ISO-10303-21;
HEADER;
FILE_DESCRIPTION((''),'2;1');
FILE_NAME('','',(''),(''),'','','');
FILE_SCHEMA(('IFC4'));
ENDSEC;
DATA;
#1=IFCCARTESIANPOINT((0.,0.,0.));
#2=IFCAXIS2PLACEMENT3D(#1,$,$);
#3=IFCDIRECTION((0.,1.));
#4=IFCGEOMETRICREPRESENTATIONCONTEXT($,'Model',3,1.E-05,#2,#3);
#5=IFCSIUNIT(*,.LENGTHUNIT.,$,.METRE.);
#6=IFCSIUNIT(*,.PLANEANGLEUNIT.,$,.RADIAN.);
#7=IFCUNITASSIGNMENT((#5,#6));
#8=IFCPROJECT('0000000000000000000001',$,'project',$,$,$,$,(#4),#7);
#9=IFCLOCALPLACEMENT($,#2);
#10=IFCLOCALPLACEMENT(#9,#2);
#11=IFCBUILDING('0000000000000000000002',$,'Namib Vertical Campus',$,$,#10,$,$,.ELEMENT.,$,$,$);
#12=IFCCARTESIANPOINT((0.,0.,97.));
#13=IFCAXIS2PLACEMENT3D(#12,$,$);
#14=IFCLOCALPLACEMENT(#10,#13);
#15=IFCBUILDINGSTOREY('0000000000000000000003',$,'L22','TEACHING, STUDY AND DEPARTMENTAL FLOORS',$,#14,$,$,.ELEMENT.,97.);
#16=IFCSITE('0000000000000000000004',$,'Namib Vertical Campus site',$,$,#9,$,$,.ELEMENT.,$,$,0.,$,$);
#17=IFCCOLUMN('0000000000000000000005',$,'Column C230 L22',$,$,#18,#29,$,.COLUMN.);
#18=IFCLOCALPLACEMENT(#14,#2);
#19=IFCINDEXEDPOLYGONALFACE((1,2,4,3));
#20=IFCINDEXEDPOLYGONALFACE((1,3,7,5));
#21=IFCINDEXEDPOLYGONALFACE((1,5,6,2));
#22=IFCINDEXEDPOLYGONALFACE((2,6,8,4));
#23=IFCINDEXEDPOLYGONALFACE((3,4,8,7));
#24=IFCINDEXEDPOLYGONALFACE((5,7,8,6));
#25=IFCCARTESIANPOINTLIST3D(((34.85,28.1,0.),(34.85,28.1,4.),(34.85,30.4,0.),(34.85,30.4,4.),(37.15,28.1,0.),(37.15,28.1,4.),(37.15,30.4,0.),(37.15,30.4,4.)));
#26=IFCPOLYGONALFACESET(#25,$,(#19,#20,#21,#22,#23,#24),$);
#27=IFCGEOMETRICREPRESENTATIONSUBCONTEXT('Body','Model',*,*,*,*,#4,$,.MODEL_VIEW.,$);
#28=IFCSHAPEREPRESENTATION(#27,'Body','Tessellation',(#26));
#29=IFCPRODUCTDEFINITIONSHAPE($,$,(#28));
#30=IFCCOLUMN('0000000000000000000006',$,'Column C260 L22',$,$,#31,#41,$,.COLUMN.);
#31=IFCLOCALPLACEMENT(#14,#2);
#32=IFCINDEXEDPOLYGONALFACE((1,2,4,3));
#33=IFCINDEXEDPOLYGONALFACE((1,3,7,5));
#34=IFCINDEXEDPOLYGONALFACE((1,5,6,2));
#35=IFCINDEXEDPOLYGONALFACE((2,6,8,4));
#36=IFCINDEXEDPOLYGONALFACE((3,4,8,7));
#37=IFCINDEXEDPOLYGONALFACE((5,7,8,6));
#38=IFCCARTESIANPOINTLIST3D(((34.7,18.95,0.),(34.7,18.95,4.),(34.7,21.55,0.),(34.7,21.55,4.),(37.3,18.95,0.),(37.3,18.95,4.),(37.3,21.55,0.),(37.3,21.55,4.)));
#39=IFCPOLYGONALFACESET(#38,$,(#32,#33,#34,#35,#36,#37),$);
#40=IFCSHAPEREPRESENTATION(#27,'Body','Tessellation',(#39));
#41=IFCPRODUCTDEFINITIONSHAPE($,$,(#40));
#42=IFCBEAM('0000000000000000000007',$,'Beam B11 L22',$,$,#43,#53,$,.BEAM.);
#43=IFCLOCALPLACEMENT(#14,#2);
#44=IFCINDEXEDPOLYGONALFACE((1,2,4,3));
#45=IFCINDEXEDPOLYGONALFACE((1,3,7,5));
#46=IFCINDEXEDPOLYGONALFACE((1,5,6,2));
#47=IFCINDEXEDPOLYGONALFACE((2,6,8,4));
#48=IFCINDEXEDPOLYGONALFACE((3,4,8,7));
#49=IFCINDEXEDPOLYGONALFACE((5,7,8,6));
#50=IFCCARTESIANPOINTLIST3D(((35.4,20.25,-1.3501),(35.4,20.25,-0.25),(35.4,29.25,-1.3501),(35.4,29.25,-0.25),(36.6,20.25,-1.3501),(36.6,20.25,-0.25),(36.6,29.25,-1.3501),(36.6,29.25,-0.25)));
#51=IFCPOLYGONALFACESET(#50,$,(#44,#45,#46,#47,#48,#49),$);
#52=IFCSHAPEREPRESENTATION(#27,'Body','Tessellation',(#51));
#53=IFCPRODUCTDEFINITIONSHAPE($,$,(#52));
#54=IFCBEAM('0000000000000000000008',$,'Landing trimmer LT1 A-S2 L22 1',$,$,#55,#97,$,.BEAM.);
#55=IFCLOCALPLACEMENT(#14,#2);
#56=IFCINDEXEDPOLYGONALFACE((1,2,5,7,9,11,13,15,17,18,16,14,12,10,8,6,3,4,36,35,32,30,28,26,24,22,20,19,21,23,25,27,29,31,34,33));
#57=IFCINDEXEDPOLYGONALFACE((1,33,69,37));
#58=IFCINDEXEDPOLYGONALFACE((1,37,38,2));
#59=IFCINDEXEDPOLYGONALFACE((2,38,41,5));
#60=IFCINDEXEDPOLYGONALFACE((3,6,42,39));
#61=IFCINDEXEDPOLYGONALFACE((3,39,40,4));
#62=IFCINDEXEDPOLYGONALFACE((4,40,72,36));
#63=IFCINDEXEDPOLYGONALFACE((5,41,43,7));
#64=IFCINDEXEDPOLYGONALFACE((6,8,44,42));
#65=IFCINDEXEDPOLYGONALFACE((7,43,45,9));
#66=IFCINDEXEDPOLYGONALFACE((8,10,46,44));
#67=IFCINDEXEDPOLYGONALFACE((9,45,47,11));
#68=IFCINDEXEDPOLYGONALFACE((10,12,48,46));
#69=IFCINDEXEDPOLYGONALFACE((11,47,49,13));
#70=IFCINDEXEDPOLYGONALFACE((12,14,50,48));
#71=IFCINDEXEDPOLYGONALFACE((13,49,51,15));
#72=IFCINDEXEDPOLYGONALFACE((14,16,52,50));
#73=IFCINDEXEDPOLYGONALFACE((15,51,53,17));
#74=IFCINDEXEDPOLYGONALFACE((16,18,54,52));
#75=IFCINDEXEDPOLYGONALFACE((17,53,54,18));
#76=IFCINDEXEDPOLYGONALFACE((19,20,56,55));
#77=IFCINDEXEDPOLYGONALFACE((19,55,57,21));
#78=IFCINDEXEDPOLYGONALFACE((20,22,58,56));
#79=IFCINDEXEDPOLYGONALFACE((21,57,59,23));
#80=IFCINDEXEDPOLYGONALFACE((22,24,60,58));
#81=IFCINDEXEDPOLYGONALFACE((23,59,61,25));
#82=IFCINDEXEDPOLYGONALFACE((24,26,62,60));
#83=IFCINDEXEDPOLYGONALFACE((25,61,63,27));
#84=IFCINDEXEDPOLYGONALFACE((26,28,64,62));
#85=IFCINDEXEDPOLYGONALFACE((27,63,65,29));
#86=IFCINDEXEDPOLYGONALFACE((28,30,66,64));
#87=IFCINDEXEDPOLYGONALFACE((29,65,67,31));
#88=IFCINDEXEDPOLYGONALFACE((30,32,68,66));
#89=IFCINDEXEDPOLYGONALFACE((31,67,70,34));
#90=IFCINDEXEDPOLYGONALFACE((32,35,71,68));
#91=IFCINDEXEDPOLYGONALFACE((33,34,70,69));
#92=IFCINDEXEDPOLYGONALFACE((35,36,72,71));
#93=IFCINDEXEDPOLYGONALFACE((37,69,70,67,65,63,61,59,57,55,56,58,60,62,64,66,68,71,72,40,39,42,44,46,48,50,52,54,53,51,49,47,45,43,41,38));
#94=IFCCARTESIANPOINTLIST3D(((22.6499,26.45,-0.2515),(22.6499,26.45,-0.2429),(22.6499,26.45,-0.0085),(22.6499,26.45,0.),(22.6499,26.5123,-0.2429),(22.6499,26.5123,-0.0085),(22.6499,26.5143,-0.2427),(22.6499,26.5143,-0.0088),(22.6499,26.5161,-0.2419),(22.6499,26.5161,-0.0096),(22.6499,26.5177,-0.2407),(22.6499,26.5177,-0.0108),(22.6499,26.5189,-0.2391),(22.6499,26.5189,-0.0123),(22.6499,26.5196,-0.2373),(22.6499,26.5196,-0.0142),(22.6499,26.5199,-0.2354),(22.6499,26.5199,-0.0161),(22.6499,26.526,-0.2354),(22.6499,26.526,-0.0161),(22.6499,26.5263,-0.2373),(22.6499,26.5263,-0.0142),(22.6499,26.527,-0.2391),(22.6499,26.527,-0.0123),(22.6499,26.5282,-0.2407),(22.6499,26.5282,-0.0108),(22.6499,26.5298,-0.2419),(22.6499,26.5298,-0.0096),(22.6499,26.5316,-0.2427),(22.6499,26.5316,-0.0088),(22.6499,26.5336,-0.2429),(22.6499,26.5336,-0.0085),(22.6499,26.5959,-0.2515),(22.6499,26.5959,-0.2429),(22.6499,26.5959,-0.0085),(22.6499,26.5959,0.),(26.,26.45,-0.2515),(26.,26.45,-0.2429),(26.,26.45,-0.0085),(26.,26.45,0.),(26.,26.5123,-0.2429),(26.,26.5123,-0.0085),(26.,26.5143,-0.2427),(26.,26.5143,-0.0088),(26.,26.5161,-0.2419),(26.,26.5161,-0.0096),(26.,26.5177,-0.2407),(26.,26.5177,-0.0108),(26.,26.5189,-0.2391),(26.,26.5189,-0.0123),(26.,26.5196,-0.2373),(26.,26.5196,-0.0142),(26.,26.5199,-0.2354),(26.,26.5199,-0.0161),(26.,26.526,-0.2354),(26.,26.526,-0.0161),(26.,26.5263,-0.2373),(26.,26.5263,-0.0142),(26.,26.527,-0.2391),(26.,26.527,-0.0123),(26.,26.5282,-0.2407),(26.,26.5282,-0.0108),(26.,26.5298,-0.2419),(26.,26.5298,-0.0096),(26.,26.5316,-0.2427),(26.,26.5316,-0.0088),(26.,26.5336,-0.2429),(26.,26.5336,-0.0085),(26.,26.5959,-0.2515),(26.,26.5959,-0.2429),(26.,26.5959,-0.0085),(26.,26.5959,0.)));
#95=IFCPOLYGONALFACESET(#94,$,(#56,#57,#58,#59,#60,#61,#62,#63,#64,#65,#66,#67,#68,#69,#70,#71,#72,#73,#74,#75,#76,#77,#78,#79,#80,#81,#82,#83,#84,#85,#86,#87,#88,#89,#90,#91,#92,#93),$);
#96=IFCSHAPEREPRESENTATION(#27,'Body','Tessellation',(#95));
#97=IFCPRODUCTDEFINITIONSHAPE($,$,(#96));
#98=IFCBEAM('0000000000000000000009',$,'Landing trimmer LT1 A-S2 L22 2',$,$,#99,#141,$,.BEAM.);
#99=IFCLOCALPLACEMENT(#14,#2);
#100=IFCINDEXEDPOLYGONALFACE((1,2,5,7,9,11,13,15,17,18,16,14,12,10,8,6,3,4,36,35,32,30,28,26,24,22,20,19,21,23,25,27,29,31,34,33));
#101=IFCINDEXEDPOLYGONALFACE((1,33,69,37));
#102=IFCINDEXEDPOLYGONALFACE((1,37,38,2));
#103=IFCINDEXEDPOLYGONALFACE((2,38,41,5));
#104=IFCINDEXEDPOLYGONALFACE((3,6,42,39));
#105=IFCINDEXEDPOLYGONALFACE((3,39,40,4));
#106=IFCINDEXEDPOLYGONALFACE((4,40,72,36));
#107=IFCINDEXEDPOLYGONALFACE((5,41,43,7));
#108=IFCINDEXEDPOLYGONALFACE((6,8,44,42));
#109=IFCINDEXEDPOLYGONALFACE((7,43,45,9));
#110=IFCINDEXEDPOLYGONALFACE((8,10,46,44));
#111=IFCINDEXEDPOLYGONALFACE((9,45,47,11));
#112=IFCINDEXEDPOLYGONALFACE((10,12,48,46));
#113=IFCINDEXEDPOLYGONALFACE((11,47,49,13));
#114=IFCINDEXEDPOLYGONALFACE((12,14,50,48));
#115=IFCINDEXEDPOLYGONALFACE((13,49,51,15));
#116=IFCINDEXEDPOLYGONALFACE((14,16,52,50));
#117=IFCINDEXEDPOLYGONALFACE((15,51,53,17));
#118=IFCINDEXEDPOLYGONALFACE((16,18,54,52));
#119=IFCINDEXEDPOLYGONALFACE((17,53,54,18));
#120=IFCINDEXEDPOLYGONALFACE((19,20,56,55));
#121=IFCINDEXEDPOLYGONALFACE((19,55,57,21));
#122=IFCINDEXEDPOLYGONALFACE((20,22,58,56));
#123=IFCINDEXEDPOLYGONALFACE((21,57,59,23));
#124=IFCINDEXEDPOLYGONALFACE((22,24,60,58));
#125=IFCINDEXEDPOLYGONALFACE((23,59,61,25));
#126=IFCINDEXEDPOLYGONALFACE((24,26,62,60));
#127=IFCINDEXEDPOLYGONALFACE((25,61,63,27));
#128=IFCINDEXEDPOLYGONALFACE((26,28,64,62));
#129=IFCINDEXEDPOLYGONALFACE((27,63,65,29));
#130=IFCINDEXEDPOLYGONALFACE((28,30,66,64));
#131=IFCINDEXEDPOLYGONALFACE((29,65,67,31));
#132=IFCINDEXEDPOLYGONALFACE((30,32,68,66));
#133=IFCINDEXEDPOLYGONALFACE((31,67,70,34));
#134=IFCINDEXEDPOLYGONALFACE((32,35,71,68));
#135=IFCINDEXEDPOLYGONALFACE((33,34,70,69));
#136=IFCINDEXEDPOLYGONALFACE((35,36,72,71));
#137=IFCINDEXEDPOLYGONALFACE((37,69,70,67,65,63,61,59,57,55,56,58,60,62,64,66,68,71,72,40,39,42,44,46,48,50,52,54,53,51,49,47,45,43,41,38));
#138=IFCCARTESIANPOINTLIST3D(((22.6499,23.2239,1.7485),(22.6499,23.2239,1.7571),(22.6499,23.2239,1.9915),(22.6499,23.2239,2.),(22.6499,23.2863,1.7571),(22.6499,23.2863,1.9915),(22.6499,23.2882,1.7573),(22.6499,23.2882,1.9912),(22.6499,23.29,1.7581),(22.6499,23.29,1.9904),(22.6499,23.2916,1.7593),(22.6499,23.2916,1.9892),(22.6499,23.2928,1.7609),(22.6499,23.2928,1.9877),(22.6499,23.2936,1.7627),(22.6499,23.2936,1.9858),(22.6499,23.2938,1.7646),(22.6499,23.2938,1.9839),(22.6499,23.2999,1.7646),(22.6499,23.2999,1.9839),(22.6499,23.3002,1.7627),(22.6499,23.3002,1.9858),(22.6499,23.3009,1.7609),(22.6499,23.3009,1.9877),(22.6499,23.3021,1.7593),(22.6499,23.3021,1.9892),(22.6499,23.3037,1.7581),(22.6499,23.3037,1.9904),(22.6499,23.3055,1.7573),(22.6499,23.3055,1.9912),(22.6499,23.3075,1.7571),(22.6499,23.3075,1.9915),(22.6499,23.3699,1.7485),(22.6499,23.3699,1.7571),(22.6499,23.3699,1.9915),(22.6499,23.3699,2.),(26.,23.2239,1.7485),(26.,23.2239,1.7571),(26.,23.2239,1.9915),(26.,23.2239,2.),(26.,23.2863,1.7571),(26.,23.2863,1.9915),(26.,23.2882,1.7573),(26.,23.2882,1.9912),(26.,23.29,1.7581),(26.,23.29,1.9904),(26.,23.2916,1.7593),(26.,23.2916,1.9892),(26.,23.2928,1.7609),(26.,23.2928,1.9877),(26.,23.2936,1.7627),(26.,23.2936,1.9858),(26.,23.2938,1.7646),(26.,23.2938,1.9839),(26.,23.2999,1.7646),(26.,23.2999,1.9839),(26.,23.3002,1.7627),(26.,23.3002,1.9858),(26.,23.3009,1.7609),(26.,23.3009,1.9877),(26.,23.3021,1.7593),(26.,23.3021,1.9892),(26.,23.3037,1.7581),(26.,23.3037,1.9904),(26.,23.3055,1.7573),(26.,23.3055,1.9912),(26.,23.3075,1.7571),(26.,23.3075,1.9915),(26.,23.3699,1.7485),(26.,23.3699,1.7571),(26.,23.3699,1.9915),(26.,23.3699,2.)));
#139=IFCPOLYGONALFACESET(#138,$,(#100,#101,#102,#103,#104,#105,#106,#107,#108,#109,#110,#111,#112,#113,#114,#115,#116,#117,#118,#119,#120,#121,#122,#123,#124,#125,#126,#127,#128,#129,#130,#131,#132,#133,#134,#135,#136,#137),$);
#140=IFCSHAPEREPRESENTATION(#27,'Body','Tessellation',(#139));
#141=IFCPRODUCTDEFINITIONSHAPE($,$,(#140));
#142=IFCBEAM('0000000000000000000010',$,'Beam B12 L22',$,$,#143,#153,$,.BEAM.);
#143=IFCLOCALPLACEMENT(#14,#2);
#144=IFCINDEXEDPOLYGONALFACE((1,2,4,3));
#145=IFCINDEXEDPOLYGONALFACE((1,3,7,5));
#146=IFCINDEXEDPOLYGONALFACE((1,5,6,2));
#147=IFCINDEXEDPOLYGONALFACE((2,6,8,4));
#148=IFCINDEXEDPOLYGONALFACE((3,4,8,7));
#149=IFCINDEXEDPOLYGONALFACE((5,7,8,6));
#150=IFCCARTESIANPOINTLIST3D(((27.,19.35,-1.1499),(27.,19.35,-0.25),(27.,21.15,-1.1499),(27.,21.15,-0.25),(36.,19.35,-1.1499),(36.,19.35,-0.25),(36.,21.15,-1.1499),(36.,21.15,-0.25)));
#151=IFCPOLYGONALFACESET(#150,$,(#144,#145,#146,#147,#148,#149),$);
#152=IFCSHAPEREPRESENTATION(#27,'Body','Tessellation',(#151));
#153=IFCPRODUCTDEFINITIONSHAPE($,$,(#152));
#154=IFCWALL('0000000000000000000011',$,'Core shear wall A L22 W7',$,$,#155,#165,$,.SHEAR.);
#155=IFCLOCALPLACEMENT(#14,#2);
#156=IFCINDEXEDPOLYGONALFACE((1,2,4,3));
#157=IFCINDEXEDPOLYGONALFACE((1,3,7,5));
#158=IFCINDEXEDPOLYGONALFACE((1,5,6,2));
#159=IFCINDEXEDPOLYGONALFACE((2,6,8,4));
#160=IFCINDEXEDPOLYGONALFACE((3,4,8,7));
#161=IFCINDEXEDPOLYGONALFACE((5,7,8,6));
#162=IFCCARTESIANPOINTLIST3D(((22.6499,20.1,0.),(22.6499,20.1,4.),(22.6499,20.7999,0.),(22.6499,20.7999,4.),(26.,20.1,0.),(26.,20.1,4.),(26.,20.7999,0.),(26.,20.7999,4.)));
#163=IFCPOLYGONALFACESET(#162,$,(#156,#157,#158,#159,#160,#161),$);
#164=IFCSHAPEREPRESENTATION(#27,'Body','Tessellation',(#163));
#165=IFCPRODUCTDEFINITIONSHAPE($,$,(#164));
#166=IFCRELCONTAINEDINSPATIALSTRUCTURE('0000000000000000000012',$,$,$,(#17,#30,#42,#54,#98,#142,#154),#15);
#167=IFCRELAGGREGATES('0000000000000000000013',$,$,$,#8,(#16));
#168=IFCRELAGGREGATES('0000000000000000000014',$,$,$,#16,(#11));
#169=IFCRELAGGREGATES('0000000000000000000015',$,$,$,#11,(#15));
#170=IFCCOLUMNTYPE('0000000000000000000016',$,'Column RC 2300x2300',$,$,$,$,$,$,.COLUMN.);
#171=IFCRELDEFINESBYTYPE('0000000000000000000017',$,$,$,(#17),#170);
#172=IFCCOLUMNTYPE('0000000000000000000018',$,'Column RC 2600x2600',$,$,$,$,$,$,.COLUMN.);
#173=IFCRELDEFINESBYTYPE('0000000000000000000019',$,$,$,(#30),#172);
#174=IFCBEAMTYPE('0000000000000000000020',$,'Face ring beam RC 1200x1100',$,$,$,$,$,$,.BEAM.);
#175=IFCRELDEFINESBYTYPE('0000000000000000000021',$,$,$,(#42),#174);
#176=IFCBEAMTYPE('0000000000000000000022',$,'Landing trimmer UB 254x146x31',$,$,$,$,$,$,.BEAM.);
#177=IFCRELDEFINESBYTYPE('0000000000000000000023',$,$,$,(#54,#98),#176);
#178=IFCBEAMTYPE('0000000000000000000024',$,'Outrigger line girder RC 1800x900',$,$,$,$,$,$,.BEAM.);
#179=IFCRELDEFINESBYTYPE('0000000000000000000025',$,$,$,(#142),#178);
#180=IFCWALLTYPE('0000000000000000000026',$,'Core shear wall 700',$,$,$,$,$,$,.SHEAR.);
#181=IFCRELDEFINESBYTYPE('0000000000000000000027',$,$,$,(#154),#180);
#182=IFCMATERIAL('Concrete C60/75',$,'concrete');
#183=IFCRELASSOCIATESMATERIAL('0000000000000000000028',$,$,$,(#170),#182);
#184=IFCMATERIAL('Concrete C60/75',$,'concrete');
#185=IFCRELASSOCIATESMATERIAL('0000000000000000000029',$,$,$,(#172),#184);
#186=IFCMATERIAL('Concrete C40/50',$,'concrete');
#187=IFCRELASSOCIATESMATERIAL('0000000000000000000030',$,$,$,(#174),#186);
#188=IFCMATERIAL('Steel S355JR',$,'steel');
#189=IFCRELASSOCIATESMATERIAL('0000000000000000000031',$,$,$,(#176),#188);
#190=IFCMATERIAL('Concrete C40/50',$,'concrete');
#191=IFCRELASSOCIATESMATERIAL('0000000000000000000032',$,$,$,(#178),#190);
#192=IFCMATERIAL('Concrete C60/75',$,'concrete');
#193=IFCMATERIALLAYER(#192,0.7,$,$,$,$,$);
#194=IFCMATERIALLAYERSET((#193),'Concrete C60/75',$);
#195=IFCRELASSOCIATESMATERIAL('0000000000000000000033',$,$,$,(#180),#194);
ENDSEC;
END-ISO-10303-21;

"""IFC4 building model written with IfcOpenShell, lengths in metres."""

from ifc_helpers import new_model, si_unit, direction, frame, frame_2d, origin, origin_2d, place, context, subcontext, project, spatial, rectangle, i_section, extrude, material, layer, layer_set, material_profile, profile_set, type_object, element, save


model = new_model("IFC4")

# Units and contexts
model_context = context("Model", 3, precision=1e-05, world=origin(), true_north=direction((0.0, 1.0)))
body_context = subcontext(model_context, "Body", "Model", "MODEL_VIEW")
ifc_project = project(units=[si_unit("LENGTHUNIT", "METRE"), si_unit("PLANEANGLEUNIT", "RADIAN")], contexts=[model_context])

# Site, building, storey
site_placement = place(None, origin())
site = spatial("IfcSite", under=ifc_project, at=site_placement, Name="Namib Vertical Campus site", CompositionType="ELEMENT", RefElevation=0.0)
building_placement = place(site_placement, origin())
building = spatial("IfcBuilding", under=site, at=building_placement, Name="Namib Vertical Campus", CompositionType="ELEMENT")
storey_placement = place(building_placement, frame((0.0, 0.0, 97.0)))
storey = spatial("IfcBuildingStorey", under=building, at=storey_placement, Name="L22", Description="TEACHING, STUDY AND DEPARTMENTAL FLOORS", CompositionType="ELEMENT", Elevation=97.0)

# Columns
ifc_material_1 = material(Name="Concrete C60/75", Category="concrete")
ifc_material_profile_1 = material_profile(ifc_material_1, rectangle(XDim=2.3, YDim=2.3, at=origin_2d()))
ifc_profile_set_1 = profile_set([ifc_material_profile_1], Name="Concrete C60/75")
column_type_1 = type_object("IfcColumnType", Name="Column RC 2300x2300", PredefinedType="COLUMN", material=ifc_profile_set_1)
column_1_placement = place(storey_placement, frame((36.0, 29.25, 0.0), z_axis=(0.0, 0.0, 1.0), x_axis=(1.0, 0.0, 0.0)))
element("IfcColumn", 1, at=column_1_placement, inside=storey, type_object=column_type_1, Name="Column C230 L22", PredefinedType="COLUMN", context=body_context, shape_type="SweptSolid", body=[
    extrude(rectangle(XDim=2.3, YDim=2.3, at=origin_2d()), origin(), (0.0, 0.0, 1.0), 4.0),
])
ifc_material_2 = material(Name="Concrete C60/75", Category="concrete")
ifc_material_profile_2 = material_profile(ifc_material_2, rectangle(XDim=2.6001, YDim=2.6001, at=origin_2d()))
ifc_profile_set_2 = profile_set([ifc_material_profile_2], Name="Concrete C60/75")
column_type_2 = type_object("IfcColumnType", Name="Column RC 2600x2600", PredefinedType="COLUMN", material=ifc_profile_set_2)
column_2_placement = place(storey_placement, frame((36.0, 20.25, 0.0), z_axis=(0.0, 0.0, 1.0), x_axis=(1.0, 0.0, 0.0)))
element("IfcColumn", 2, at=column_2_placement, inside=storey, type_object=column_type_2, Name="Column C260 L22", PredefinedType="COLUMN", context=body_context, shape_type="SweptSolid", body=[
    extrude(rectangle(XDim=2.6001, YDim=2.6001, at=origin_2d()), origin(), (0.0, 0.0, 1.0), 4.0),
])

# Beams
ifc_material_3 = material(Name="Concrete C40/50", Category="concrete")
ifc_material_profile_3 = material_profile(ifc_material_3, rectangle(XDim=1.2, YDim=1.1001, at=origin_2d()))
ifc_profile_set_3 = profile_set([ifc_material_profile_3], Name="Concrete C40/50")
beam_type_1 = type_object("IfcBeamType", Name="Face ring beam RC 1200x1100", PredefinedType="BEAM", material=ifc_profile_set_3)
beam_1_placement = place(storey_placement, frame((36.0, 20.25, -0.8), z_axis=(0.0, 1.0, 0.0), x_axis=(-1.0, 0.0, 0.0)))
element("IfcBeam", 3, at=beam_1_placement, inside=storey, type_object=beam_type_1, Name="Beam B11 L22", PredefinedType="BEAM", context=body_context, shape_type="SweptSolid", body=[
    extrude(rectangle(XDim=1.2, YDim=1.1001, at=origin_2d()), origin(), (0.0, 0.0, 1.0), 9.0),
])
ifc_material_4 = material(Name="Steel S355JR", Category="steel")
ifc_material_profile_4 = material_profile(ifc_material_4, i_section(OverallWidth=0.146, OverallDepth=0.2515, WebThickness=0.0061, FlangeThickness=0.0085, FilletRadius=0.0076, at=origin_2d()))
ifc_profile_set_4 = profile_set([ifc_material_profile_4], Name="Steel S355JR")
beam_type_2 = type_object("IfcBeamType", Name="Landing trimmer UB 254x146x31", PredefinedType="BEAM", material=ifc_profile_set_4)
for number, where, z_axis, x_axis, name in (
    (4, (22.6499, 26.5229, -0.1257), (1.0, 0.0, 0.0), (0.0, 1.0, 0.0), "Landing trimmer LT1 A-S2 L22 1"),
    (5, (22.6499, 23.2969, 1.8743), (1.0, 0.0, 0.0), (0.0, 1.0, 0.0), "Landing trimmer LT1 A-S2 L22 2"),
):
    element("IfcBeam", number, at=place(storey_placement, frame(where, z_axis=z_axis, x_axis=x_axis)), inside=storey, type_object=beam_type_2, Name=name, PredefinedType="BEAM", context=body_context, shape_type="SweptSolid", body=[
        extrude(i_section(OverallWidth=0.146, OverallDepth=0.2515, WebThickness=0.0061, FlangeThickness=0.0085, FilletRadius=0.0076, at=origin_2d()), origin(), (0.0, 0.0, 1.0), 3.3501),
    ])
ifc_material_5 = material(Name="Concrete C40/50", Category="concrete")
ifc_material_profile_5 = material_profile(ifc_material_5, rectangle(XDim=1.8, YDim=0.8999, at=origin_2d()))
ifc_profile_set_5 = profile_set([ifc_material_profile_5], Name="Concrete C40/50")
beam_type_3 = type_object("IfcBeamType", Name="Outrigger line girder RC 1800x900", PredefinedType="BEAM", material=ifc_profile_set_5)
beam_2_placement = place(storey_placement, frame((36.0, 20.25, -0.7), z_axis=(-1.0, 0.0, 0.0), x_axis=(0.0, -1.0, 0.0)))
element("IfcBeam", 6, at=beam_2_placement, inside=storey, type_object=beam_type_3, Name="Beam B12 L22", PredefinedType="BEAM", context=body_context, shape_type="SweptSolid", body=[
    extrude(rectangle(XDim=1.8, YDim=0.8999, at=origin_2d()), origin(), (0.0, 0.0, 1.0), 9.0),
])

# Wall
ifc_material_6 = material(Name="Concrete C60/75", Category="concrete")
ifc_layer_1 = layer(ifc_material_6, 0.7)
ifc_layer_set_1 = layer_set([ifc_layer_1], Name="Concrete C60/75")
wall_type_1 = type_object("IfcWallType", Name="Core shear wall 700", PredefinedType="SHEAR", material=ifc_layer_set_1)
wall_1_placement = place(storey_placement, frame((22.6499, 20.45, 0.0), z_axis=(0.0, 0.0, 1.0), x_axis=(1.0, 0.0, 0.0)))
element("IfcWall", 7, at=wall_1_placement, inside=storey, type_object=wall_type_1, Name="Core shear wall A L22 W7", PredefinedType="SHEAR", context=body_context, shape_type="SweptSolid", body=[
    extrude(rectangle(XDim=3.3501, YDim=0.7, at=frame_2d((1.675, 0.0))), origin(), (0.0, 0.0, 1.0), 4.0),
])

save(model, "model.ifc")
